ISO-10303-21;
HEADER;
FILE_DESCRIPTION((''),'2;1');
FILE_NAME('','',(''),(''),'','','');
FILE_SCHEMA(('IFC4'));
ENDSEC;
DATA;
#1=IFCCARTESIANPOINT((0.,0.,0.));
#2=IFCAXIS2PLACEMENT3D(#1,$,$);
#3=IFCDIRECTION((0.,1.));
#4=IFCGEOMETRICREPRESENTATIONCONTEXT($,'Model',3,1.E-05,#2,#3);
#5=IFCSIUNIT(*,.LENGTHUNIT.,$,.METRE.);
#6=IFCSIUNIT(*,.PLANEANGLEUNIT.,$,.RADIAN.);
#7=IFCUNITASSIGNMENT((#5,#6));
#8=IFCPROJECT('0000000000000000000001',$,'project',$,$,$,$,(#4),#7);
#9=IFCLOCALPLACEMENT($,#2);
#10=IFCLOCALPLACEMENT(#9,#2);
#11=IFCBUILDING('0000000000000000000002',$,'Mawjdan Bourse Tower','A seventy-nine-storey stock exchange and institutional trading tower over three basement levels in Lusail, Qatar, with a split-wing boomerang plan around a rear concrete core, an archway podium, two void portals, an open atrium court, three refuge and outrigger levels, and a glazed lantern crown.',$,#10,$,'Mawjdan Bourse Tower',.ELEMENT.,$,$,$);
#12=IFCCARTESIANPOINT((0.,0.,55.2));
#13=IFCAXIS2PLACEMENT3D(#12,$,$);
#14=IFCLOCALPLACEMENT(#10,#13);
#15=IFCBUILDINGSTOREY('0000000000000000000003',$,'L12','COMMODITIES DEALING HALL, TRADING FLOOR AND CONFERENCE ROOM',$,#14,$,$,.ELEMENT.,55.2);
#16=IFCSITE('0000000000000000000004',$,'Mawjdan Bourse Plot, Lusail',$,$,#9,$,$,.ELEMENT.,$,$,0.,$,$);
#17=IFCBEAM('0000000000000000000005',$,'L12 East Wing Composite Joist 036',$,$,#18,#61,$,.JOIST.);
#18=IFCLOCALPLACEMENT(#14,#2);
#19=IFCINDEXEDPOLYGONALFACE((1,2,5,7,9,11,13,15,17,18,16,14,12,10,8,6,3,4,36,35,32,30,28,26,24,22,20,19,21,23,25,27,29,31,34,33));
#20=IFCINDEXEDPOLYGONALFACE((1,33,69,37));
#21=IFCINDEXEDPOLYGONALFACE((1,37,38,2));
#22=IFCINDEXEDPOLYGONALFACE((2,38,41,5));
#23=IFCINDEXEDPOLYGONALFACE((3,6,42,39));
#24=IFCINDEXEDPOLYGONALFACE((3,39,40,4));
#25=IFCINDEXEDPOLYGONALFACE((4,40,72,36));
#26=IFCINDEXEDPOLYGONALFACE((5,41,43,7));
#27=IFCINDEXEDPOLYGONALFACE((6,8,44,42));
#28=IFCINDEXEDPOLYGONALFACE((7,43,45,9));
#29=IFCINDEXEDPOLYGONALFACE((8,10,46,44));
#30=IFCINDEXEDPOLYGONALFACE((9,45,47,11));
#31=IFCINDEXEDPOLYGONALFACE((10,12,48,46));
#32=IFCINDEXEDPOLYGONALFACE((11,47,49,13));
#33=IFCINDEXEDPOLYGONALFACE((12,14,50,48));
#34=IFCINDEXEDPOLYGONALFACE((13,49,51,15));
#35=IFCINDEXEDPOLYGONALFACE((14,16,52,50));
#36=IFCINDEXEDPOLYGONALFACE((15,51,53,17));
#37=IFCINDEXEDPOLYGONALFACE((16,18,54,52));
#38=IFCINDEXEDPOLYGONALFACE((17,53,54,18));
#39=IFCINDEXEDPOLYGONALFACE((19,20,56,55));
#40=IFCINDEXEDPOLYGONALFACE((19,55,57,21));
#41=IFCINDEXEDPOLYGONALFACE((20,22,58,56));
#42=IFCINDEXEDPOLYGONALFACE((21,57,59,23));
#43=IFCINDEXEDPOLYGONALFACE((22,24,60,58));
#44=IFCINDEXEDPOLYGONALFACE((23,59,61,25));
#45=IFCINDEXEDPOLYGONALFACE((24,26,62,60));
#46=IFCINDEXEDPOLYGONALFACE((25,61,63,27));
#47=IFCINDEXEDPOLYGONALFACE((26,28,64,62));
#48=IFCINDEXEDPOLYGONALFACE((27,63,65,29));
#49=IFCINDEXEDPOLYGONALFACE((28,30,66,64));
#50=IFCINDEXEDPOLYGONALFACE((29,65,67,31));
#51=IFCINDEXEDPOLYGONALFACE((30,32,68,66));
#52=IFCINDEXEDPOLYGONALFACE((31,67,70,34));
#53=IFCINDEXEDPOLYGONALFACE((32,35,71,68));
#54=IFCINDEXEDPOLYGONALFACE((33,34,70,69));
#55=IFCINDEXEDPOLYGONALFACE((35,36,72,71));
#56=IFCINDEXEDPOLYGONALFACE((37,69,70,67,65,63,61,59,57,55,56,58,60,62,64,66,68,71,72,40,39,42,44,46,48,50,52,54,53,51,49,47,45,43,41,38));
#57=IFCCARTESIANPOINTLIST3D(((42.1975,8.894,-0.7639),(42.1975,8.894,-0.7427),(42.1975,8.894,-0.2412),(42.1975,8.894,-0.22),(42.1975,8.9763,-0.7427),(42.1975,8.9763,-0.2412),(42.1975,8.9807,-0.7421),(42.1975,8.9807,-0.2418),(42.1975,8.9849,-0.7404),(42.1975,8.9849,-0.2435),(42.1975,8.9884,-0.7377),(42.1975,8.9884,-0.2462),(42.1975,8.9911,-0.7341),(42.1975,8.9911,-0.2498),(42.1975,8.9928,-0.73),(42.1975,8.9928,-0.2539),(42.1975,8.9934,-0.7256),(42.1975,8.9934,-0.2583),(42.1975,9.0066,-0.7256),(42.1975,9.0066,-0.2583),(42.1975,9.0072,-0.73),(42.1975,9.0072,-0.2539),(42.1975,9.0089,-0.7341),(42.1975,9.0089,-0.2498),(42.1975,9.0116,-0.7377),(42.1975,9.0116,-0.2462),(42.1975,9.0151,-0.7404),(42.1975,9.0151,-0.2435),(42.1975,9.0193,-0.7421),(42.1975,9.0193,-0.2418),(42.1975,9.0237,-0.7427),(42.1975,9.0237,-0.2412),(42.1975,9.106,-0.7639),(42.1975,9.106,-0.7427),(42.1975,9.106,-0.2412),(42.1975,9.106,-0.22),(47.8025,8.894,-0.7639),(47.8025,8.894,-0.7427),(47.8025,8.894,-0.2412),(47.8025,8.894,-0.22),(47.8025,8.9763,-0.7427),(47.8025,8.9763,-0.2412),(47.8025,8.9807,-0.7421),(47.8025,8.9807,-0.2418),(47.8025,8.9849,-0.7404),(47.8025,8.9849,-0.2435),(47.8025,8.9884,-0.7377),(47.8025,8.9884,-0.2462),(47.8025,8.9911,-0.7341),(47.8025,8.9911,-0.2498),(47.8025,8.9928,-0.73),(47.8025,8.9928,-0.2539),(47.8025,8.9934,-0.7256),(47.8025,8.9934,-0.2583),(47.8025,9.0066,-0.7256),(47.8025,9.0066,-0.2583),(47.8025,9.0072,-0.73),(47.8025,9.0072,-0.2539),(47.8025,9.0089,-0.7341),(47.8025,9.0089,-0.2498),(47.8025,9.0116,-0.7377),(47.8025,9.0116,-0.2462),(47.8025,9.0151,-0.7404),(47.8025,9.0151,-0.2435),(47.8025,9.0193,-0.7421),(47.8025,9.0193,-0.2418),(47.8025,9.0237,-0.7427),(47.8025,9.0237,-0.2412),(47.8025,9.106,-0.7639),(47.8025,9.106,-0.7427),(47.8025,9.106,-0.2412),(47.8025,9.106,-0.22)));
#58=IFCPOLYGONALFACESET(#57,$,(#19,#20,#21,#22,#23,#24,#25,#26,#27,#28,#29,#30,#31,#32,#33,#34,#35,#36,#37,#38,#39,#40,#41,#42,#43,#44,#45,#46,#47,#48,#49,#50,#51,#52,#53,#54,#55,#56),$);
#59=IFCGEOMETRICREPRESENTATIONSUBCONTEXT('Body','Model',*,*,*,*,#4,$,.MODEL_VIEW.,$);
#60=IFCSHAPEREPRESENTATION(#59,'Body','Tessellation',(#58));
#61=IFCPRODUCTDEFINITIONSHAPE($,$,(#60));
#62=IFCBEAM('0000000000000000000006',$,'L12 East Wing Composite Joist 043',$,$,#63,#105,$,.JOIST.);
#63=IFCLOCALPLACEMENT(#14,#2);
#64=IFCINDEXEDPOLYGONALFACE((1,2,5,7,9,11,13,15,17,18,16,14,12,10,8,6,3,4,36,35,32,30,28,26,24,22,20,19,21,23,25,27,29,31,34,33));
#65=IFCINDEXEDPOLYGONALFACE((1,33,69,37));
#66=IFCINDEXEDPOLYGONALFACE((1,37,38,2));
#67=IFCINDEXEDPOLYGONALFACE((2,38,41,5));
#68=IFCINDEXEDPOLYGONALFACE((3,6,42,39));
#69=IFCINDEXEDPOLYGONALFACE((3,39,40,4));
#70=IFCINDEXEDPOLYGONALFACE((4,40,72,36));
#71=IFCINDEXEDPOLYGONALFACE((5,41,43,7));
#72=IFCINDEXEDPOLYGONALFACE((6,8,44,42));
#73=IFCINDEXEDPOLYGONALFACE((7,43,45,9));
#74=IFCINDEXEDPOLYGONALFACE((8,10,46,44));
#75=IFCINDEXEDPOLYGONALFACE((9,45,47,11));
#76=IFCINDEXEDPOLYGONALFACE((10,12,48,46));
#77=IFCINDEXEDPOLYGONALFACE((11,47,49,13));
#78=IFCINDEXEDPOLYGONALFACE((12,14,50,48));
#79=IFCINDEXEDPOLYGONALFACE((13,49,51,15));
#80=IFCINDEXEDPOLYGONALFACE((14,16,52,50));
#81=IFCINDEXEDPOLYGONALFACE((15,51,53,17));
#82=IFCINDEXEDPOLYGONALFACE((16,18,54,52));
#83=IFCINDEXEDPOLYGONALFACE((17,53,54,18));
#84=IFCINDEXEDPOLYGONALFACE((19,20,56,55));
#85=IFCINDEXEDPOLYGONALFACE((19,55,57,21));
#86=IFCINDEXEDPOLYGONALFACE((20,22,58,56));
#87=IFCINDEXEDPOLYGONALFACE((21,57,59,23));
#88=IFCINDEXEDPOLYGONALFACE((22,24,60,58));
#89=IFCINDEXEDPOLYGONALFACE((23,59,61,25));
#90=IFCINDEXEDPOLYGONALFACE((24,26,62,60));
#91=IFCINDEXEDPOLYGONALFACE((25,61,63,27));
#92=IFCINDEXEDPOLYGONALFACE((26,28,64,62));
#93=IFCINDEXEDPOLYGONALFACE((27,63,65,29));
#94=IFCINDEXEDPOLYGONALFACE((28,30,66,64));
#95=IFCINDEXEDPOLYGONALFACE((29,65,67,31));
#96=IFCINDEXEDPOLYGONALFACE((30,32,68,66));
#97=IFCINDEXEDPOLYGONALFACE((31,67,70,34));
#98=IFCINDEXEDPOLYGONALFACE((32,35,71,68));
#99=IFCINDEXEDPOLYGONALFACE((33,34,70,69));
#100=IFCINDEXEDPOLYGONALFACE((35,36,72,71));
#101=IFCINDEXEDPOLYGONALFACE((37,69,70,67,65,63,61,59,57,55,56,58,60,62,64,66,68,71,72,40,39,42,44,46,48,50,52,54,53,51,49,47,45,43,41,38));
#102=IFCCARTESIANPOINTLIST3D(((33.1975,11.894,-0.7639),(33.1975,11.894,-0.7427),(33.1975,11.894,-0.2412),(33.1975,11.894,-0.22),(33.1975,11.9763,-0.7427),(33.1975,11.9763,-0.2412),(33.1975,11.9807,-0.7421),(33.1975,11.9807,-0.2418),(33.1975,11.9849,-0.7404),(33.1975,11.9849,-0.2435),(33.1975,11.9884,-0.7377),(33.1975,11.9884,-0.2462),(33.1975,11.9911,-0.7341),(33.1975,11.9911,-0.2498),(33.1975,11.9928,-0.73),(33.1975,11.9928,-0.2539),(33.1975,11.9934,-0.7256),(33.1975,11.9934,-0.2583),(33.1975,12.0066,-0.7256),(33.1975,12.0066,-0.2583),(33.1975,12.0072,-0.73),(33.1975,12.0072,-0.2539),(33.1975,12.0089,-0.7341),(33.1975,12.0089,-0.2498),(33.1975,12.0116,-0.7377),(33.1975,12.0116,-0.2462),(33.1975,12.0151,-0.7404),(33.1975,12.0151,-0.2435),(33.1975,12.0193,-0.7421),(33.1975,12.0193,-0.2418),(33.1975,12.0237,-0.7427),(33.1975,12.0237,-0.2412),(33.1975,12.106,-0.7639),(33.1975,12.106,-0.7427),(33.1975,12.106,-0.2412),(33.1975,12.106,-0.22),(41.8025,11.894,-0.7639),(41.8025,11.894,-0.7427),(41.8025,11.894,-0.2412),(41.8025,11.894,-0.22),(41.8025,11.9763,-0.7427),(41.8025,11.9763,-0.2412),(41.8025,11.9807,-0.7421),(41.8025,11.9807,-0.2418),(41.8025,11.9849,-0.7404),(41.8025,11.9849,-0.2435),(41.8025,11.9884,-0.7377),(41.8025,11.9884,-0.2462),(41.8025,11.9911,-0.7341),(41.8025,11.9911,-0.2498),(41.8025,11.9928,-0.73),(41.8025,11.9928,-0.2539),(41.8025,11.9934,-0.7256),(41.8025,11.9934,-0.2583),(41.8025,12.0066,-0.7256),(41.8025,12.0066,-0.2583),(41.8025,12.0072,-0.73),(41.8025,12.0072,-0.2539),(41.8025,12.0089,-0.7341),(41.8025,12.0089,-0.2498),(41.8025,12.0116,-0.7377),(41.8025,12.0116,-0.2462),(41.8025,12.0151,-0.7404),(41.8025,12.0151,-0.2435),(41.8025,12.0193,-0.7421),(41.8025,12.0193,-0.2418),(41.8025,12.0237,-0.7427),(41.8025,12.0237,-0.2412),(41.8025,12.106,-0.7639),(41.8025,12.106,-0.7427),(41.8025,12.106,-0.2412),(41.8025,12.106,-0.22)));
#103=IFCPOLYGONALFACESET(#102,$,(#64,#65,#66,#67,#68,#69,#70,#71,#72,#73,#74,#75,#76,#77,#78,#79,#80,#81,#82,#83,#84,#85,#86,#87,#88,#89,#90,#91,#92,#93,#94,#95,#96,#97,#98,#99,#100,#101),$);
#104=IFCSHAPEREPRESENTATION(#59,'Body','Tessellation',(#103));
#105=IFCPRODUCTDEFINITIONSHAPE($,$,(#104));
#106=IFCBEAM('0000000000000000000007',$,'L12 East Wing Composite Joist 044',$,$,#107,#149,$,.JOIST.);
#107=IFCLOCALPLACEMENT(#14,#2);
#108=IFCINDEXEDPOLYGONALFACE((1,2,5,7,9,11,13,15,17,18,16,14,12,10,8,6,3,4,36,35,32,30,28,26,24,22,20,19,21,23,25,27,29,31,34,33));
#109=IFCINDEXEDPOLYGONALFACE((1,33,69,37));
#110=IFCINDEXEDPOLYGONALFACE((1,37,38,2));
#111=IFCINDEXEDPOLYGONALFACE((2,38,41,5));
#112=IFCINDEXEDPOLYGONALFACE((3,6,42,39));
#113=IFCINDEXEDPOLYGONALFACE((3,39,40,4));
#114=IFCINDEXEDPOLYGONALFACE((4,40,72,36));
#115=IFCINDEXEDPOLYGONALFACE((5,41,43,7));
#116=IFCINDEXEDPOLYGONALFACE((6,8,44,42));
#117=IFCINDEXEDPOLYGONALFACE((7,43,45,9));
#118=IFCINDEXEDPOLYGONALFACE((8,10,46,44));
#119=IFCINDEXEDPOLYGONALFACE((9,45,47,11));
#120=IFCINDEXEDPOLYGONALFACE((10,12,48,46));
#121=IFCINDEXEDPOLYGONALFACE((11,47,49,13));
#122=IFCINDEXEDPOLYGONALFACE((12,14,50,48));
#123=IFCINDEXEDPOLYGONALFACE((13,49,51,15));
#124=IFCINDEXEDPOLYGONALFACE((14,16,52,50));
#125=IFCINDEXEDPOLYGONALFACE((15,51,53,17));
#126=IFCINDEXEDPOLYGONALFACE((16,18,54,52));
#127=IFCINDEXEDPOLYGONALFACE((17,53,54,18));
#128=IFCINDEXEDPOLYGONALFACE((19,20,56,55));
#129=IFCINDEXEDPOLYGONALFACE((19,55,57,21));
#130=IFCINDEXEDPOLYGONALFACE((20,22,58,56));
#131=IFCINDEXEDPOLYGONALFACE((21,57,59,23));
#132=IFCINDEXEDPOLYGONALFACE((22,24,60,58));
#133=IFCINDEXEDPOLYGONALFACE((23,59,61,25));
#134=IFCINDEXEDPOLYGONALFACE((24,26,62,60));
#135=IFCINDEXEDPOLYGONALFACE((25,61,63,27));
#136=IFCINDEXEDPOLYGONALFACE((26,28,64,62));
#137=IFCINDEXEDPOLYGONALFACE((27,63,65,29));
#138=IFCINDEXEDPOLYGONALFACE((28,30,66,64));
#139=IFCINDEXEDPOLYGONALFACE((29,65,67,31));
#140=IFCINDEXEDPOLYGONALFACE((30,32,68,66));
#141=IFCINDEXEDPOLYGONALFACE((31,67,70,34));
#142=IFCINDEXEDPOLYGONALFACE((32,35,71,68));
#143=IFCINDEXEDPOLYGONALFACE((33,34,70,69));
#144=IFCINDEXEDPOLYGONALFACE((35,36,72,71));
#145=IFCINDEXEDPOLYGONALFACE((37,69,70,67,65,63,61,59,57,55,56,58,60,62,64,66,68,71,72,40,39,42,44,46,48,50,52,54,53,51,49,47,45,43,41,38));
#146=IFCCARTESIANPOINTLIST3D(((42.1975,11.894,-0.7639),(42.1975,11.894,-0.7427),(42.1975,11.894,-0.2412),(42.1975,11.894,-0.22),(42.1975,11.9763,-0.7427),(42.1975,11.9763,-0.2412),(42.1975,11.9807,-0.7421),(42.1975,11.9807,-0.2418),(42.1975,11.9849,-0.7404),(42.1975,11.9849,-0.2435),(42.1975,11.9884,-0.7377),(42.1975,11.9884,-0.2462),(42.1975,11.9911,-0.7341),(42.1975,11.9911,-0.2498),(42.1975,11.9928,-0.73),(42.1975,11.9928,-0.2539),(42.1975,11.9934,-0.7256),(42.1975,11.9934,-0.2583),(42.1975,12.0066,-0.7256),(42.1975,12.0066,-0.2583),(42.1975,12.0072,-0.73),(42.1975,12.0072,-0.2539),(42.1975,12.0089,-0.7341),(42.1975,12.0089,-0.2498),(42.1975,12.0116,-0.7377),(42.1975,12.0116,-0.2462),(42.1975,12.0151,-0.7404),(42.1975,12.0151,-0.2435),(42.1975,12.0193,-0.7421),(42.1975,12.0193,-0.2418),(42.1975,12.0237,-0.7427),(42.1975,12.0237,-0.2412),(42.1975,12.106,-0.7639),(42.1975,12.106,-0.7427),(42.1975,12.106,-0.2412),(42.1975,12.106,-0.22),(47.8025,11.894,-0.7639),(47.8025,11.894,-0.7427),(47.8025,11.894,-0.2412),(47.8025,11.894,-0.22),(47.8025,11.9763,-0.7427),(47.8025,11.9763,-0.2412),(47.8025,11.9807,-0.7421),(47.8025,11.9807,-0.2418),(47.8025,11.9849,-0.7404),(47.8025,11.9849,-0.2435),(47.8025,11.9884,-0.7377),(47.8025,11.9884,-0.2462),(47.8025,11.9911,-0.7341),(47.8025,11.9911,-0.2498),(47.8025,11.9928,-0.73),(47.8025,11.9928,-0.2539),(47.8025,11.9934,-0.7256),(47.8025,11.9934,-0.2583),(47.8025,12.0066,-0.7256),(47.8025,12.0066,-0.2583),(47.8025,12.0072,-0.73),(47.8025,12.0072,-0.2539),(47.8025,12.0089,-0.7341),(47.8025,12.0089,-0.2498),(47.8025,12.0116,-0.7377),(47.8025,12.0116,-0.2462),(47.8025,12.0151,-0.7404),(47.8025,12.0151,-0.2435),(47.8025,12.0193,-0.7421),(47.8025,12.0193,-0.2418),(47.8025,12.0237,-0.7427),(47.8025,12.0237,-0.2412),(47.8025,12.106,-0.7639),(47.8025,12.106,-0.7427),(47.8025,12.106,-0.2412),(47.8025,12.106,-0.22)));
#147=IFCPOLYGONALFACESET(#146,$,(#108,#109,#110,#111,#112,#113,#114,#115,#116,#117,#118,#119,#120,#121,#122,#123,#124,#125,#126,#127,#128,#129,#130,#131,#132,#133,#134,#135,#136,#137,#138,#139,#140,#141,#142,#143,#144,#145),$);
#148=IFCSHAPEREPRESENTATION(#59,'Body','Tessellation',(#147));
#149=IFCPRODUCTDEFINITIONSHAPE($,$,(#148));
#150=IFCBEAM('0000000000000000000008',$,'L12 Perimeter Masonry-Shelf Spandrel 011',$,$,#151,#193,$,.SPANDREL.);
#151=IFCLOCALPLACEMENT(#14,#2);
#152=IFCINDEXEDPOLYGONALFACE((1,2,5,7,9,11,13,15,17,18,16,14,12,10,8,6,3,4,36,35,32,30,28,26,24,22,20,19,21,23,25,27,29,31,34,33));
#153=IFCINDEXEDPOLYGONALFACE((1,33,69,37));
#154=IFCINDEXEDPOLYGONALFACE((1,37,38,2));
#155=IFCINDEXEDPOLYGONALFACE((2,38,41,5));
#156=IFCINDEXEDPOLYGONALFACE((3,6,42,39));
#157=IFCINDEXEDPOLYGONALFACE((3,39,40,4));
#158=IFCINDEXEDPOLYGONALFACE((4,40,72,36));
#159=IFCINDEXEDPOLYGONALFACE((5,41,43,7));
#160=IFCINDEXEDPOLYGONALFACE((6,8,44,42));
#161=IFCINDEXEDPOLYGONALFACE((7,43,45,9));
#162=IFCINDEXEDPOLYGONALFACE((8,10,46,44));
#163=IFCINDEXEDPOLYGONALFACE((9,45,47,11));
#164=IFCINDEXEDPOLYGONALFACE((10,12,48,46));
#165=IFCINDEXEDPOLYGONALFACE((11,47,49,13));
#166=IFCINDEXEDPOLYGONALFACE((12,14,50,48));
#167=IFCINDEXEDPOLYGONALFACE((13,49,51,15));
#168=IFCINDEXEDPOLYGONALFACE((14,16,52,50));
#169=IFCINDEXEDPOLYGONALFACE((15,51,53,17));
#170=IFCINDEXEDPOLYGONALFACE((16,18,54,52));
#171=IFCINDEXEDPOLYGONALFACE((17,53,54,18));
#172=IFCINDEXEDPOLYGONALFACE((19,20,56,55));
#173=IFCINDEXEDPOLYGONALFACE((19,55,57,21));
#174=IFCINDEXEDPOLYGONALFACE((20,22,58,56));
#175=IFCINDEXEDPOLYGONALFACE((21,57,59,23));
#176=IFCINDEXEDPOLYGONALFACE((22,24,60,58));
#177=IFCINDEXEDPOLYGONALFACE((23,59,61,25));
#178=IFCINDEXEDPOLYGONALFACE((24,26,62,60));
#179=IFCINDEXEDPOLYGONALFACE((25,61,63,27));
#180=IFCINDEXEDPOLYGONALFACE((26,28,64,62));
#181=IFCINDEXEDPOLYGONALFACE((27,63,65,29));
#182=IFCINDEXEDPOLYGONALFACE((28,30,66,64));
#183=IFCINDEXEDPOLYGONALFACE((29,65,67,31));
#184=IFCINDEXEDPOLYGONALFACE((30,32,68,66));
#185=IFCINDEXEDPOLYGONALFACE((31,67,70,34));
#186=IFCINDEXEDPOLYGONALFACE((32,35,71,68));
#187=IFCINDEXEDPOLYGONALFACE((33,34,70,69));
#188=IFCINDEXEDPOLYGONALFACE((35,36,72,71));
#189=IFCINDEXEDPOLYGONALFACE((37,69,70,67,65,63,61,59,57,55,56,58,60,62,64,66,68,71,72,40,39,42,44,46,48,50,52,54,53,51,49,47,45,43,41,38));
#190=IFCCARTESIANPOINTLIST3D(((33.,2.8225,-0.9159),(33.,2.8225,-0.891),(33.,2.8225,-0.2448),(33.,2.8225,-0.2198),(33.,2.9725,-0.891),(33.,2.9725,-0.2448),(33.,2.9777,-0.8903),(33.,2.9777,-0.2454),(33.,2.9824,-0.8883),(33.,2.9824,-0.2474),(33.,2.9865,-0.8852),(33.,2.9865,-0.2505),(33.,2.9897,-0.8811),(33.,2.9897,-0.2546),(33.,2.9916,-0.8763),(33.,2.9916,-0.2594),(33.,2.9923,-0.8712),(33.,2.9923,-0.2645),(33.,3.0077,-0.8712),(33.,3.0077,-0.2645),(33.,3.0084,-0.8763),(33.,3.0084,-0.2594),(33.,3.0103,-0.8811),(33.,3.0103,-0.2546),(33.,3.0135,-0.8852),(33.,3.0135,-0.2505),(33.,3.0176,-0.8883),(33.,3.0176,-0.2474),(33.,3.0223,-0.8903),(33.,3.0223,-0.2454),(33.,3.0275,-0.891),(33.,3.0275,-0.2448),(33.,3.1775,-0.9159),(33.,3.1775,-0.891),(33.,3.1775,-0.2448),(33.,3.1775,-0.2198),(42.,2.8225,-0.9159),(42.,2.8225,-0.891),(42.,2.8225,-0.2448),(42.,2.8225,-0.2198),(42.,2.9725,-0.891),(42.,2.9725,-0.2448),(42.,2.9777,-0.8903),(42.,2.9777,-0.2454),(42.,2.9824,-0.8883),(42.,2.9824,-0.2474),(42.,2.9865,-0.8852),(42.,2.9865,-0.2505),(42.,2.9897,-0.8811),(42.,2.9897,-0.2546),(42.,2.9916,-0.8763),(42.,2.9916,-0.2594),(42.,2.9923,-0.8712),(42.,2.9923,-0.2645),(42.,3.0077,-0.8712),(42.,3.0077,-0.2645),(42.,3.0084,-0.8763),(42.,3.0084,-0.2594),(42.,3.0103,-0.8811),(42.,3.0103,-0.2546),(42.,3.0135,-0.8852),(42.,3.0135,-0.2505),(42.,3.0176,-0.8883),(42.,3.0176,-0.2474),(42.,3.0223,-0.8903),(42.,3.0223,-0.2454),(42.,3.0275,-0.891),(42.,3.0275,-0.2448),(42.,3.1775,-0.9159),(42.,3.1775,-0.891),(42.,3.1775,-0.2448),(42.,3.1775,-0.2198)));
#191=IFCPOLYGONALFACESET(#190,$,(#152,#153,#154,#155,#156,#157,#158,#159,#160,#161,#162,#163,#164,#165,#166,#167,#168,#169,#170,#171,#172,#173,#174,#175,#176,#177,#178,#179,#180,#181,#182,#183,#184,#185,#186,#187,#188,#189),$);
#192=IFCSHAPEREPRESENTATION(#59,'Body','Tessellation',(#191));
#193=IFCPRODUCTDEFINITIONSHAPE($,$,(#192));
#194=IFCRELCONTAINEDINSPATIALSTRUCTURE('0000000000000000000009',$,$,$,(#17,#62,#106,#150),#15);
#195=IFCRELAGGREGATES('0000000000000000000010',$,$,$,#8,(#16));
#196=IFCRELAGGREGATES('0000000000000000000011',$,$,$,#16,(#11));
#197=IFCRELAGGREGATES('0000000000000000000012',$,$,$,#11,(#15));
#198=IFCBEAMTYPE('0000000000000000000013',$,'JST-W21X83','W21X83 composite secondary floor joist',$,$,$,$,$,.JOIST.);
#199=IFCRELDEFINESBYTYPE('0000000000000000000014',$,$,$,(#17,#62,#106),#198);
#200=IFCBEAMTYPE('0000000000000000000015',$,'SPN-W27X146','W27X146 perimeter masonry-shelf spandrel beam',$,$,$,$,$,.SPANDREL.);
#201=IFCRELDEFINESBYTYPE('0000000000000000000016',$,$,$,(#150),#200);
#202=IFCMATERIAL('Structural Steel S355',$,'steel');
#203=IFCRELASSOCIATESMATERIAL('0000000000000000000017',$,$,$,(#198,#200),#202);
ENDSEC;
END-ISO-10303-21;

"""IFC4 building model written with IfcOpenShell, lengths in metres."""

from ifc_helpers import new_model, si_unit, direction, frame, origin, origin_2d, place, context, subcontext, project, spatial, i_section, extrude, material, material_profile, profile_set, type_object, element, save


model = new_model("IFC4")

# Units and contexts
model_context = context("Model", 3, precision=1e-05, world=origin(), true_north=direction((0.0, 1.0)))
body_context = subcontext(model_context, "Body", "Model", "MODEL_VIEW")
ifc_project = project(units=[si_unit("LENGTHUNIT", "METRE"), si_unit("PLANEANGLEUNIT", "RADIAN")], contexts=[model_context])

# Site, building, storey
site_placement = place(None, origin())
site = spatial("IfcSite", under=ifc_project, at=site_placement, Name="Mawjdan Bourse Plot, Lusail", CompositionType="ELEMENT", RefElevation=0.0)
building_placement = place(site_placement, origin())
building = spatial("IfcBuilding", under=site, at=building_placement, Name="Mawjdan Bourse Tower", Description="A seventy-nine-storey stock exchange and institutional trading tower over three basement levels in Lusail, Qatar, with a split-wing boomerang plan around a rear concrete core, an archway podium, two void portals, an open atrium court, three refuge and outrigger levels, and a glazed lantern crown.", LongName="Mawjdan Bourse Tower", CompositionType="ELEMENT")
storey_placement = place(building_placement, frame((0.0, 0.0, 55.2)))
storey = spatial("IfcBuildingStorey", under=building, at=storey_placement, Name="L12", Description="COMMODITIES DEALING HALL, TRADING FLOOR AND CONFERENCE ROOM", CompositionType="ELEMENT", Elevation=55.2)

# Beams
ifc_material_1 = material(Name="Structural Steel S355", Category="steel")
ifc_material_profile_1 = material_profile(ifc_material_1, i_section(OverallWidth=0.2119, OverallDepth=0.5439, WebThickness=0.0132, FlangeThickness=0.0212, FilletRadius=0.0171, at=origin_2d()), Name="W21X83")
ifc_profile_set_1 = profile_set([ifc_material_profile_1], Name="Structural Steel S355")
beam_type_1 = type_object("IfcBeamType", Name="JST-W21X83", Description="W21X83 composite secondary floor joist", PredefinedType="JOIST", material=ifc_profile_set_1)
beam_1_placement = place(storey_placement, frame((42.1975, 9.0, -0.4919), z_axis=(1.0, 0.0, 0.0), x_axis=(0.0, 1.0, 0.0)))
element("IfcBeam", 1, at=beam_1_placement, inside=storey, type_object=beam_type_1, Name="L12 East Wing Composite Joist 036", PredefinedType="JOIST", context=body_context, shape_type="SweptSolid", body=[
    extrude(i_section(OverallWidth=0.2119, OverallDepth=0.5439, WebThickness=0.0132, FlangeThickness=0.0212, FilletRadius=0.0171, at=origin_2d()), origin(), (0.0, 0.0, 1.0), 5.605),
])
beam_2_placement = place(storey_placement, frame((33.1975, 12.0, -0.4919), z_axis=(1.0, 0.0, 0.0), x_axis=(0.0, 1.0, 0.0)))
element("IfcBeam", 2, at=beam_2_placement, inside=storey, type_object=beam_type_1, Name="L12 East Wing Composite Joist 043", PredefinedType="JOIST", context=body_context, shape_type="SweptSolid", body=[
    extrude(i_section(OverallWidth=0.2119, OverallDepth=0.5439, WebThickness=0.0132, FlangeThickness=0.0212, FilletRadius=0.0171, at=origin_2d()), origin(), (0.0, 0.0, 1.0), 8.605),
])
beam_3_placement = place(storey_placement, frame((42.1975, 12.0, -0.4919), z_axis=(1.0, 0.0, 0.0), x_axis=(0.0, 1.0, 0.0)))
element("IfcBeam", 3, at=beam_3_placement, inside=storey, type_object=beam_type_1, Name="L12 East Wing Composite Joist 044", PredefinedType="JOIST", context=body_context, shape_type="SweptSolid", body=[
    extrude(i_section(OverallWidth=0.2119, OverallDepth=0.5439, WebThickness=0.0132, FlangeThickness=0.0212, FilletRadius=0.0171, at=origin_2d()), origin(), (0.0, 0.0, 1.0), 5.605),
])
ifc_material_profile_2 = material_profile(ifc_material_1, i_section(OverallWidth=0.355, OverallDepth=0.696, WebThickness=0.0154, FlangeThickness=0.0249, FilletRadius=0.0198, at=origin_2d()), Name="W27X146")
ifc_profile_set_2 = profile_set([ifc_material_profile_2], Name="Structural Steel S355")
beam_type_2 = type_object("IfcBeamType", Name="SPN-W27X146", Description="W27X146 perimeter masonry-shelf spandrel beam", PredefinedType="SPANDREL", material=ifc_profile_set_2)
beam_4_placement = place(storey_placement, frame((33.0, 3.0, -0.5679), z_axis=(1.0, 0.0, 0.0), x_axis=(0.0, 1.0, 0.0)))
element("IfcBeam", 4, at=beam_4_placement, inside=storey, type_object=beam_type_2, Name="L12 Perimeter Masonry-Shelf Spandrel 011", PredefinedType="SPANDREL", context=body_context, shape_type="SweptSolid", body=[
    extrude(i_section(OverallWidth=0.355, OverallDepth=0.696, WebThickness=0.0154, FlangeThickness=0.0249, FilletRadius=0.0198, at=origin_2d()), origin(), (0.0, 0.0, 1.0), 9.0),
])

save(model, "model.ifc")
